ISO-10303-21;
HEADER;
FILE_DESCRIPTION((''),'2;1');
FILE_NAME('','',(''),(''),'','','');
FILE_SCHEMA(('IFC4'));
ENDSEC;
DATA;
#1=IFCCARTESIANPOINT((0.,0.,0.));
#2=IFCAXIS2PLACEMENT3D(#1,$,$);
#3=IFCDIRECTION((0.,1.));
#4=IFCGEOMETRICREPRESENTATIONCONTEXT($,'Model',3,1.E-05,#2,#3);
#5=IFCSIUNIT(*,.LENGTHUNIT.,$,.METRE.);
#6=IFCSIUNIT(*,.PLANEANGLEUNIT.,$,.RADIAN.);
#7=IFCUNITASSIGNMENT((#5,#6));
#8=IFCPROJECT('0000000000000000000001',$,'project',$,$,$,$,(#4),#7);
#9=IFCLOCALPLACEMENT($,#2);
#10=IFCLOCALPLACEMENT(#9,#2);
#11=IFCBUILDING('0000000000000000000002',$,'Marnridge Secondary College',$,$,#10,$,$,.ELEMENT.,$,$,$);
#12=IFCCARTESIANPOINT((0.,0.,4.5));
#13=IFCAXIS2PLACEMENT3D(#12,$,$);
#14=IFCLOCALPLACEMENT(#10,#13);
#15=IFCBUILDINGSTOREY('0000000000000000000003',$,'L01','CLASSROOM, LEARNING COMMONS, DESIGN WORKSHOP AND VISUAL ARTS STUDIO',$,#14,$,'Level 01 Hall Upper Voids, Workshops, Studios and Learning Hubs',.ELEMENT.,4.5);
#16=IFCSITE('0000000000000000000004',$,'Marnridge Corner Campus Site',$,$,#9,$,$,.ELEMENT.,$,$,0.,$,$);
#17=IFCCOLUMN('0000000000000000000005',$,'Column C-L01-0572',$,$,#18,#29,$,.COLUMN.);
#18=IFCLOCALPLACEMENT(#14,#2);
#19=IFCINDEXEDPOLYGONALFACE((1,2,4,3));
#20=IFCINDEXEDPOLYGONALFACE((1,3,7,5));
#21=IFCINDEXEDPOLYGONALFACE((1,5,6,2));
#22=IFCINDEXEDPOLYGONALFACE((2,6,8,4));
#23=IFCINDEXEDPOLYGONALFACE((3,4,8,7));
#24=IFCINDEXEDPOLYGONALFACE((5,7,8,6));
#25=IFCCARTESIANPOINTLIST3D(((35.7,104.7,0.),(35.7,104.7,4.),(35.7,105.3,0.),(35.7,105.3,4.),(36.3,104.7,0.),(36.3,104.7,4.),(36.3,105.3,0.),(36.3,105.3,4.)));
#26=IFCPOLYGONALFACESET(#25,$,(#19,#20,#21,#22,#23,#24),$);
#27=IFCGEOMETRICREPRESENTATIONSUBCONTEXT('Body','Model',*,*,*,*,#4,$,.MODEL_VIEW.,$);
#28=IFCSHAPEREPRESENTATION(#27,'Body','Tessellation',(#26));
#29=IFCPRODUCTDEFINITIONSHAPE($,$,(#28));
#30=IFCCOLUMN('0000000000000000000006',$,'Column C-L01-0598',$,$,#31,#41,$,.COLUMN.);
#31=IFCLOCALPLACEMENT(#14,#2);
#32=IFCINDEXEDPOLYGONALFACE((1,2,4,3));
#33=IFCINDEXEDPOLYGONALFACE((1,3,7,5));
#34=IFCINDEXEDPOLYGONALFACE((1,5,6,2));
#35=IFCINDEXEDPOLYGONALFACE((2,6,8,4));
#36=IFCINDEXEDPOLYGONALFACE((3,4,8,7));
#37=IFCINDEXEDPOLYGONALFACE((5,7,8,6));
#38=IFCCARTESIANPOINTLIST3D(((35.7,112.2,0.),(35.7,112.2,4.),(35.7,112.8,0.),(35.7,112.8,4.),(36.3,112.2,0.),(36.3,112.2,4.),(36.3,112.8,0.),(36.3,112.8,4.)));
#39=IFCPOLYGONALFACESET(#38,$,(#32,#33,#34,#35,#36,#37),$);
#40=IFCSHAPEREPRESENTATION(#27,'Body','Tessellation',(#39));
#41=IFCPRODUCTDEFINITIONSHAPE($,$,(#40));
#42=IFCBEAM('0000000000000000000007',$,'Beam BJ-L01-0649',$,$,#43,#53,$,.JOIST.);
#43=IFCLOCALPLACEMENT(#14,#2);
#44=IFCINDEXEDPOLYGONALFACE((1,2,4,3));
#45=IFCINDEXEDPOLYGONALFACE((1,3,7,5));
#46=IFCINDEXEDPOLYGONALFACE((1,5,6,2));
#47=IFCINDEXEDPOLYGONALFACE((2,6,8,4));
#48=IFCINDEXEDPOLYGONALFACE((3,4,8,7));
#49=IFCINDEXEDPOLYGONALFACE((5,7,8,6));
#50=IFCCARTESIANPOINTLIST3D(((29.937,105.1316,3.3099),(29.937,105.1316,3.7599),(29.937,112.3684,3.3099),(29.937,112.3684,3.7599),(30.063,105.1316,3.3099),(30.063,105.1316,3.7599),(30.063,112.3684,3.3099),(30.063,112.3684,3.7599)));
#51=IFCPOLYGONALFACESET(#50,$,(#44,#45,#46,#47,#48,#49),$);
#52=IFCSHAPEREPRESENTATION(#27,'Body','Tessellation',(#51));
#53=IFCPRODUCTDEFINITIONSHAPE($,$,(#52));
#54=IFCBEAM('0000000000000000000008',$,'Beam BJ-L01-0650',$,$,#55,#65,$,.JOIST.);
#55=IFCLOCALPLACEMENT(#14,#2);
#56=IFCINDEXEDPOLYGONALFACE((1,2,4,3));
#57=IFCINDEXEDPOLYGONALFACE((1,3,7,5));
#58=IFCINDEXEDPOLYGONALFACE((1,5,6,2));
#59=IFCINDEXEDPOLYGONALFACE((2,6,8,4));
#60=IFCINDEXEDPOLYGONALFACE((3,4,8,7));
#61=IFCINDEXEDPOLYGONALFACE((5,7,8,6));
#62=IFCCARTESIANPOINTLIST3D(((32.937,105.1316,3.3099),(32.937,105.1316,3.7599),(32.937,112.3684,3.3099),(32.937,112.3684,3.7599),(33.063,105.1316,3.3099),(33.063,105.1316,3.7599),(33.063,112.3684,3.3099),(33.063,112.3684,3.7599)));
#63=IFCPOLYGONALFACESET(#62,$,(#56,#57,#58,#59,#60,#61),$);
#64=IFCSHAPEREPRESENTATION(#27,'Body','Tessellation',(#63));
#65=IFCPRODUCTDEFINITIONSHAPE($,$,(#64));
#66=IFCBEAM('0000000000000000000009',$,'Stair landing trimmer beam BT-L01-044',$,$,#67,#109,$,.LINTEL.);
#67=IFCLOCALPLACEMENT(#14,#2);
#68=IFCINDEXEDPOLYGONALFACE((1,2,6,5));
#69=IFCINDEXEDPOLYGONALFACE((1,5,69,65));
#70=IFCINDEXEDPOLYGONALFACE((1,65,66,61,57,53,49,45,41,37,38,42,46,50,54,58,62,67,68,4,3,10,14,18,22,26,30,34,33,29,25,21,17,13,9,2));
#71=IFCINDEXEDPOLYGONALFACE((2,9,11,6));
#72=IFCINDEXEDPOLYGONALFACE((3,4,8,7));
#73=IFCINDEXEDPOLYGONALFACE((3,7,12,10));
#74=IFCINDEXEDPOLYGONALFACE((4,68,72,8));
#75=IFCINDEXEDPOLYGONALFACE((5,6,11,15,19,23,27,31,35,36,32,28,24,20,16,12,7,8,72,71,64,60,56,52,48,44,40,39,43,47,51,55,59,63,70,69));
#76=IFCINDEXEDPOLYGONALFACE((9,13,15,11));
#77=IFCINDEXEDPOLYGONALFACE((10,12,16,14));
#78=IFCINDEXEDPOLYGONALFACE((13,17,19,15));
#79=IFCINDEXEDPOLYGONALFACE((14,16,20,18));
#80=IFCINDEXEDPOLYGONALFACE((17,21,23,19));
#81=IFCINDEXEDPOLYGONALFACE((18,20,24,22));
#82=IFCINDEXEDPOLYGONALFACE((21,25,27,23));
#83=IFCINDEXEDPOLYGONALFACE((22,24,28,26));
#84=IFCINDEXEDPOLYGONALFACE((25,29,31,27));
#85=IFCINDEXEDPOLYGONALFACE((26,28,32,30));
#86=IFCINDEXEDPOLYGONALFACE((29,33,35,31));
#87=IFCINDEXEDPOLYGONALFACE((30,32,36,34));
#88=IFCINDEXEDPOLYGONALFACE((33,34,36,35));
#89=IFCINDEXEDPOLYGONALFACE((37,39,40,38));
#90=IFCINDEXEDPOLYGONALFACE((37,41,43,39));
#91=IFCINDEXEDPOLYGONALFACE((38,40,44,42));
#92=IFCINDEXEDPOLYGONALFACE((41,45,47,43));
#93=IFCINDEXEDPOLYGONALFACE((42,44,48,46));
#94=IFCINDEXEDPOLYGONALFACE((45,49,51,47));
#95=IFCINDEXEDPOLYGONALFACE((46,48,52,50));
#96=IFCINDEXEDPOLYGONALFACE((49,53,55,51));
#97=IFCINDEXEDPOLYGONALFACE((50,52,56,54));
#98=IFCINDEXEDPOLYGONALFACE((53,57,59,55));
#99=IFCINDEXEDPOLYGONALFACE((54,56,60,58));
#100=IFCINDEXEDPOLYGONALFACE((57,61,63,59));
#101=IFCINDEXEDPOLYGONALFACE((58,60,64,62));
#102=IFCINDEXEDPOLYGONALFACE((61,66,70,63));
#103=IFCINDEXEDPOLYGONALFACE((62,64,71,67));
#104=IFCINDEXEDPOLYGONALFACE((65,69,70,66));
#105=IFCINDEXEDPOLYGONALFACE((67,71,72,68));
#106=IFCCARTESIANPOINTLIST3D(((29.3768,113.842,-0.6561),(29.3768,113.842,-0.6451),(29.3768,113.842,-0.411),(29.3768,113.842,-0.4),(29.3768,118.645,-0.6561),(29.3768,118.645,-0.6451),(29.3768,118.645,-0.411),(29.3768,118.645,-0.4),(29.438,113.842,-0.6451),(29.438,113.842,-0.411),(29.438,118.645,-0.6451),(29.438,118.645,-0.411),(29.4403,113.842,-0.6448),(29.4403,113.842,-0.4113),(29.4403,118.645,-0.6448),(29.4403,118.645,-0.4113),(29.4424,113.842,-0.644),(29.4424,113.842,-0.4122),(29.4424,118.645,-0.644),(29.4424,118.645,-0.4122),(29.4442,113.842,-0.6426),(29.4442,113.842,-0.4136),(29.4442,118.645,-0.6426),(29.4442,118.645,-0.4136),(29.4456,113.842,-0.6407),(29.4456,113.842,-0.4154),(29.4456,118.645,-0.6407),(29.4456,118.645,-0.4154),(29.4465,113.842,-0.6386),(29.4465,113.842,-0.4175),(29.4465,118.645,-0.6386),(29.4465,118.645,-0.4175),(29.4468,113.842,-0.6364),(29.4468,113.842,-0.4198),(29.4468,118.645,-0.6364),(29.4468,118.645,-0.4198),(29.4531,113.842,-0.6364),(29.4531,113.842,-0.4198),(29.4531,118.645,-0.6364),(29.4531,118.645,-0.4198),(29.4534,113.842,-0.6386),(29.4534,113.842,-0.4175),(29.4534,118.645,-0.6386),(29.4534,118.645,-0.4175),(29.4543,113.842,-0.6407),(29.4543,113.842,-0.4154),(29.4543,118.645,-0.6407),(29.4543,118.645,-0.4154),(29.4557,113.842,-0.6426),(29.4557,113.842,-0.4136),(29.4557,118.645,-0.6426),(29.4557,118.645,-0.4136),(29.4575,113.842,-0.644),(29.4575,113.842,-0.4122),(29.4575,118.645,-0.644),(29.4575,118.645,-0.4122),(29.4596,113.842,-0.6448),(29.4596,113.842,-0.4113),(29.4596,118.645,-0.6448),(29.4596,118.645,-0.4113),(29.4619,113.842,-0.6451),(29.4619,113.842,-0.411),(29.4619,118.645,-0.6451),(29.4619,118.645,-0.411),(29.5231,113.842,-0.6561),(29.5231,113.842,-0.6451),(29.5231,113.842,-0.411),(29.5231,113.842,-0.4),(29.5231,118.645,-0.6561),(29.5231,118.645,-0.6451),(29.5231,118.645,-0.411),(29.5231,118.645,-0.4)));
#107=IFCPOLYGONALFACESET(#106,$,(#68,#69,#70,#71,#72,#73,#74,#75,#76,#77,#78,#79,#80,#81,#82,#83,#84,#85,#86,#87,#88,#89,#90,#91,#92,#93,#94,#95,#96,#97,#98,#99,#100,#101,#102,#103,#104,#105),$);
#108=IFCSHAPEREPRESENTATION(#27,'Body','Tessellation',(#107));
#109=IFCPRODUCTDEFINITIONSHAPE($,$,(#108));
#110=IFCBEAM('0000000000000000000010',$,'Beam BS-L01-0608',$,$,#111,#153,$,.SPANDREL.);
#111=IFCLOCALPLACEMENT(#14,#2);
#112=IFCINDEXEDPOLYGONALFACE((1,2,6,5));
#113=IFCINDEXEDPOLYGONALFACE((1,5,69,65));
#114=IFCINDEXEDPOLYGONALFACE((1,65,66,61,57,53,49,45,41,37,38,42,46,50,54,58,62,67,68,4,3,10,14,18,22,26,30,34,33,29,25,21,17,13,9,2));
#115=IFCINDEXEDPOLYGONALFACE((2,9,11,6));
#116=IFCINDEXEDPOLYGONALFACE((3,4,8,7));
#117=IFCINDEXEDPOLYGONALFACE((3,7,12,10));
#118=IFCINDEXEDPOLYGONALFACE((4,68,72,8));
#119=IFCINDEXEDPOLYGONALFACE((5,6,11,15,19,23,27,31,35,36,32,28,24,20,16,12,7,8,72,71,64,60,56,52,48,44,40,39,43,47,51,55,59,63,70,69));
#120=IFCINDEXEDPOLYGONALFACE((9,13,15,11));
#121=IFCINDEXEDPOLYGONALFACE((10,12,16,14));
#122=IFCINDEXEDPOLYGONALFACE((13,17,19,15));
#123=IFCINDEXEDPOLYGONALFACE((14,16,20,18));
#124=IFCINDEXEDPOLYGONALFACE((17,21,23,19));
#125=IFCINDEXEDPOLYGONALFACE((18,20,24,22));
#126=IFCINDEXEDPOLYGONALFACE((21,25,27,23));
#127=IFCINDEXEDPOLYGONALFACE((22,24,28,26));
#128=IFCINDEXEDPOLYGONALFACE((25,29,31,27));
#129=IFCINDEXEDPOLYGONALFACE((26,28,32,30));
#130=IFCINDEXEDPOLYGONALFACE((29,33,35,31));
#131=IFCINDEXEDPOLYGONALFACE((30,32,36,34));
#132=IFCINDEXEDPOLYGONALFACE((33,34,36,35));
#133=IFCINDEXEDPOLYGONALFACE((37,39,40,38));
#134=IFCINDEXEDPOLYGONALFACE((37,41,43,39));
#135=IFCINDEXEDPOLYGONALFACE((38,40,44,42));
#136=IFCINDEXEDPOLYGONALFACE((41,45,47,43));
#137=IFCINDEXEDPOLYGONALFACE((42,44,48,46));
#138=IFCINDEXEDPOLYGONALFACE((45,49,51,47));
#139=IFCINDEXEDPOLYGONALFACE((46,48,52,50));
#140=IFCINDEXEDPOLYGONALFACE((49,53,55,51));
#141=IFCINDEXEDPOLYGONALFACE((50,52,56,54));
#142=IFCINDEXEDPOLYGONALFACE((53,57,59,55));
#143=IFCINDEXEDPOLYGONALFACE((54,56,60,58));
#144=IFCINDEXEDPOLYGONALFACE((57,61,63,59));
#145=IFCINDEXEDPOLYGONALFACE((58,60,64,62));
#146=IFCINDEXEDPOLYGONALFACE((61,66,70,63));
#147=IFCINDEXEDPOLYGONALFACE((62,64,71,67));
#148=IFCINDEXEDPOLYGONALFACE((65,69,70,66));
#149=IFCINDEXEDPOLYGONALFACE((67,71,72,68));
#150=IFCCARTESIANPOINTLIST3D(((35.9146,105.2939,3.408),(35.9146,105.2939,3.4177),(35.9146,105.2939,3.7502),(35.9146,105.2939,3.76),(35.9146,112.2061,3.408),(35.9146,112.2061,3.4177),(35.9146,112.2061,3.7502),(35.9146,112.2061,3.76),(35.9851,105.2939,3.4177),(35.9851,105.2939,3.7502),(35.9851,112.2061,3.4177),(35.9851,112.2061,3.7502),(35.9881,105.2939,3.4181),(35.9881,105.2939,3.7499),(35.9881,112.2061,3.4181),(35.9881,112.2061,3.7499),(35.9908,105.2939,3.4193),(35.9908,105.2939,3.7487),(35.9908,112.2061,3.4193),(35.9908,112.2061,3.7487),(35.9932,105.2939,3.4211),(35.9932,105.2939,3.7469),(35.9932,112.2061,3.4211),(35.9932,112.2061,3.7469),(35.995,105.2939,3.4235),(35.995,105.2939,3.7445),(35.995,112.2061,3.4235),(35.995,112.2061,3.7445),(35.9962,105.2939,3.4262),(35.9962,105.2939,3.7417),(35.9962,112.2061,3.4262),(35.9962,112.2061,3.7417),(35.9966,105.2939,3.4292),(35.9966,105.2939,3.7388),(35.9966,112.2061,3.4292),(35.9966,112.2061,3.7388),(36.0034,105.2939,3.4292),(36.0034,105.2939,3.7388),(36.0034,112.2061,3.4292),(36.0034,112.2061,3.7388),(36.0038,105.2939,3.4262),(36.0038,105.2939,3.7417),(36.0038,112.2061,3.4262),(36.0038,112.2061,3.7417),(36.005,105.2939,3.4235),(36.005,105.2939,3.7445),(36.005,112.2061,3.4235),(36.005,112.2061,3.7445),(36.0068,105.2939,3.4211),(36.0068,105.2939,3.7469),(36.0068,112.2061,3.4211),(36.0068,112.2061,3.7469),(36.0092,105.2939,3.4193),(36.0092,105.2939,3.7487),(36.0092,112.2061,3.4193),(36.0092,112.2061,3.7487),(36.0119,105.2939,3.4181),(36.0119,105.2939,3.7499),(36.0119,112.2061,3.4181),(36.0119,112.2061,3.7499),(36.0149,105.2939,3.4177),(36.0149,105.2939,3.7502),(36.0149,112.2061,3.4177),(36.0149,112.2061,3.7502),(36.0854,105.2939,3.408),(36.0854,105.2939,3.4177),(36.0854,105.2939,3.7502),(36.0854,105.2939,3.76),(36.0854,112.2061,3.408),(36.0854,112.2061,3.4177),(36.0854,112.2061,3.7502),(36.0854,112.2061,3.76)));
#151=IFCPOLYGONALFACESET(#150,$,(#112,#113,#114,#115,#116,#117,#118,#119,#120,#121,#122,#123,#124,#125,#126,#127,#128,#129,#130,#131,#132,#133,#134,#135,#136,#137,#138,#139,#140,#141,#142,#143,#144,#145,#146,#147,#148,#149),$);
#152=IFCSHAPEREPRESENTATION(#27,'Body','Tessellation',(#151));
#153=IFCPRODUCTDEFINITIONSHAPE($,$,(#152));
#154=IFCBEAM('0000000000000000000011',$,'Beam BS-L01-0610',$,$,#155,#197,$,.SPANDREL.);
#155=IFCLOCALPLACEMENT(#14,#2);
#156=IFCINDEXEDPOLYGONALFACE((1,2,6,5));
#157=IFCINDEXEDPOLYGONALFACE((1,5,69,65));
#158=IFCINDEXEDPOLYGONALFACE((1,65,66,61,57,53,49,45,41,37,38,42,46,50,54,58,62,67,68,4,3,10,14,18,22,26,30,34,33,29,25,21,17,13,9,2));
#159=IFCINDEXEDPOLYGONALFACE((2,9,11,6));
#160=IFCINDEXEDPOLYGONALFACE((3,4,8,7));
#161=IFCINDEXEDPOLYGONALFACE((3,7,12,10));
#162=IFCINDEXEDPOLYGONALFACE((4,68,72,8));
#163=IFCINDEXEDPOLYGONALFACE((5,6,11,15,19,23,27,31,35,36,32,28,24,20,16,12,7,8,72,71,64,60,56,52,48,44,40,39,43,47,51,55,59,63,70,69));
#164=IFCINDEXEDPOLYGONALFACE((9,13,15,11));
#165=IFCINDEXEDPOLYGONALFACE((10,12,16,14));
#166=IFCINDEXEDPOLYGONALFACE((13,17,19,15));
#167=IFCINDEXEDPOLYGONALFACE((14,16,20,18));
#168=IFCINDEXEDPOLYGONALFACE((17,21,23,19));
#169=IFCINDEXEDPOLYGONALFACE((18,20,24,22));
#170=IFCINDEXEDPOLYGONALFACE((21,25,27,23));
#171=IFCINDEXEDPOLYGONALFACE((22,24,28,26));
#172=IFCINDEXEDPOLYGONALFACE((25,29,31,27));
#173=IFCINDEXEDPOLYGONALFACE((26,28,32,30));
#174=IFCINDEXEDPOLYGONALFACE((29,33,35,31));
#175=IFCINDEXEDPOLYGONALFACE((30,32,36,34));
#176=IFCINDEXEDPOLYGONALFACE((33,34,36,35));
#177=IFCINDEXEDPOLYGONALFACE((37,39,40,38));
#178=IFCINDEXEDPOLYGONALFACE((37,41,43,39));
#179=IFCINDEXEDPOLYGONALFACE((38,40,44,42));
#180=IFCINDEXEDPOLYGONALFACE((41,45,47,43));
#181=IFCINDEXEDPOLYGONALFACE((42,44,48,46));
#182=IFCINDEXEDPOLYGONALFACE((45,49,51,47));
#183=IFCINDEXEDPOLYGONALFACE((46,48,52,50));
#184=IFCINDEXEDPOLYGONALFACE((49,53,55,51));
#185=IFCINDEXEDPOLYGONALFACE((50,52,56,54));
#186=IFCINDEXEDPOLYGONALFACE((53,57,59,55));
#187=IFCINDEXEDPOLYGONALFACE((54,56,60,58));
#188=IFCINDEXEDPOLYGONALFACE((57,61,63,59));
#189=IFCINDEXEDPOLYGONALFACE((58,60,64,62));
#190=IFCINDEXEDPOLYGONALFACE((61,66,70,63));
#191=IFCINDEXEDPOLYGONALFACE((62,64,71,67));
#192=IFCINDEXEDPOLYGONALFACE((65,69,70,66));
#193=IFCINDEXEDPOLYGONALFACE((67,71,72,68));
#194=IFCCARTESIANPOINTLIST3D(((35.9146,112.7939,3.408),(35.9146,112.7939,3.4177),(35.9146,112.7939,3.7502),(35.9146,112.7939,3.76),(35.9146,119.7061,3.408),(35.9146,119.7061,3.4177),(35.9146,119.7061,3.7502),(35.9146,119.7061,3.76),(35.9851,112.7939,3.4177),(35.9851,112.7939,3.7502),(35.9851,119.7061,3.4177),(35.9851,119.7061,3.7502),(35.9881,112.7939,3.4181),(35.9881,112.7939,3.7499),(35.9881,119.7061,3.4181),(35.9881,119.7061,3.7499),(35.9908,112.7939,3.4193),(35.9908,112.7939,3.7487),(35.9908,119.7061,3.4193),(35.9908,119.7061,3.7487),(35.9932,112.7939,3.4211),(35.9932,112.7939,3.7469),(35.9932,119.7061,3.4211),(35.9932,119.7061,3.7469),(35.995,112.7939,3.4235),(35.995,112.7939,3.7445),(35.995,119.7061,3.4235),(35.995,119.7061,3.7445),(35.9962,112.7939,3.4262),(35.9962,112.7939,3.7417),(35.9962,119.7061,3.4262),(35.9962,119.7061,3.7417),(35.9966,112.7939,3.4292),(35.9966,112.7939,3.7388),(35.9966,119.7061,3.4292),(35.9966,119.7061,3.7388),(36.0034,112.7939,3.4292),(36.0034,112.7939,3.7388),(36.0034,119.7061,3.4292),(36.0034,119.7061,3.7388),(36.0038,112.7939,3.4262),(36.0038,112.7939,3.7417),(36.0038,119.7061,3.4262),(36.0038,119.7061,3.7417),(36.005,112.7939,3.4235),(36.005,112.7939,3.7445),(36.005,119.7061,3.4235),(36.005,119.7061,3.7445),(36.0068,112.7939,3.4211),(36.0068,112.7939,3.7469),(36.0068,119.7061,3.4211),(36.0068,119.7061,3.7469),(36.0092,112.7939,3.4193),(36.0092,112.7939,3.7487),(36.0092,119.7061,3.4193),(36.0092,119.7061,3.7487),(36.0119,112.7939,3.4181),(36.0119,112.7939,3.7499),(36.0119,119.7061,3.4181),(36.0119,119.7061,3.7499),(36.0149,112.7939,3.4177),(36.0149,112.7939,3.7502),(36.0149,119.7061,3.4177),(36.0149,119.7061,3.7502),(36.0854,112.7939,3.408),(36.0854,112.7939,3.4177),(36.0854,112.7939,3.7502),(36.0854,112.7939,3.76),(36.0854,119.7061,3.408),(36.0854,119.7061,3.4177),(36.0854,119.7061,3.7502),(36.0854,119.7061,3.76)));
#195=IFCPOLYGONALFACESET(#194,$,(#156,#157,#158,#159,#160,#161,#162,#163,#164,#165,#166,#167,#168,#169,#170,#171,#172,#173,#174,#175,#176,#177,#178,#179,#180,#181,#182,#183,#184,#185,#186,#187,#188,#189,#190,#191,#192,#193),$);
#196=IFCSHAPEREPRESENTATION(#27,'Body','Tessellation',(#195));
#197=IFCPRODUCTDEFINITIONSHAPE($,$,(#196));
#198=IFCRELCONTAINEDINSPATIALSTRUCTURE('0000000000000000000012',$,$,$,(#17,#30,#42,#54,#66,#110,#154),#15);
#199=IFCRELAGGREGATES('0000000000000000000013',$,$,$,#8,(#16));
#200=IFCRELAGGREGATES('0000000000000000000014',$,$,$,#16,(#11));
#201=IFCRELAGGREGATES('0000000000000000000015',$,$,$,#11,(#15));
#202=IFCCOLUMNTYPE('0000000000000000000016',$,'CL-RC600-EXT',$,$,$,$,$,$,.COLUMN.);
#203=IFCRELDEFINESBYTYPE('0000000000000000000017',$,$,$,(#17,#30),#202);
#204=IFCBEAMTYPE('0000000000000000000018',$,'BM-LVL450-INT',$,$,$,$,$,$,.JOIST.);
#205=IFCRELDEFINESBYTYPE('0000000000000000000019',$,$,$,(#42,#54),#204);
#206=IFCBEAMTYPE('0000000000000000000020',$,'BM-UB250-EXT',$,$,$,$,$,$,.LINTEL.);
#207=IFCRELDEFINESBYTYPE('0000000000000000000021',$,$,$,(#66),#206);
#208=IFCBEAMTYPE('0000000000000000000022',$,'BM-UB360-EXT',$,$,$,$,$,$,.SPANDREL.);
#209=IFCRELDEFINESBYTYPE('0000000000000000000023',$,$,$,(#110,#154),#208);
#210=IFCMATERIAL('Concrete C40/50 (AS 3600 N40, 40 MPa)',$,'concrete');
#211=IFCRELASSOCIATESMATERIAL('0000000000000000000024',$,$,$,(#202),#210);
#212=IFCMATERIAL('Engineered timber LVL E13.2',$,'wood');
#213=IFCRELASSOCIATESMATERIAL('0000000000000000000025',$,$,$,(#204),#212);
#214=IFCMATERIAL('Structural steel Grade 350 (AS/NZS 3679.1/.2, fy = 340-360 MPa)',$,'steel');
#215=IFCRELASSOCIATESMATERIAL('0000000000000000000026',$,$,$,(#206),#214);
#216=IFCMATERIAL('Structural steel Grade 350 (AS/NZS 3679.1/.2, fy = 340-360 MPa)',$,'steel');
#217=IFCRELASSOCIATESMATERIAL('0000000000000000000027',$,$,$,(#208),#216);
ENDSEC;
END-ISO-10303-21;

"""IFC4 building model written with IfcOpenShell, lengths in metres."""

from ifc_helpers import new_model, si_unit, direction, frame, origin, origin_2d, place, context, subcontext, project, spatial, rectangle, i_section, extrude, material, material_profile, profile_set, type_object, element, save


model = new_model("IFC4")

# Units and contexts
model_context = context("Model", 3, precision=1e-05, world=origin(), true_north=direction((0.0, 1.0)))
body_context = subcontext(model_context, "Body", "Model", "MODEL_VIEW")
ifc_project = project(units=[si_unit("LENGTHUNIT", "METRE"), si_unit("PLANEANGLEUNIT", "RADIAN")], contexts=[model_context])

# Site, building, storey
site_placement = place(None, origin())
site = spatial("IfcSite", under=ifc_project, at=site_placement, Name="Marnridge Corner Campus Site", CompositionType="ELEMENT", RefElevation=0.0)
building_placement = place(site_placement, origin())
building = spatial("IfcBuilding", under=site, at=building_placement, Name="Marnridge Secondary College", CompositionType="ELEMENT")
storey_placement = place(building_placement, frame((0.0, 0.0, 4.5)))
storey = spatial("IfcBuildingStorey", under=building, at=storey_placement, Name="L01", Description="CLASSROOM, LEARNING COMMONS, DESIGN WORKSHOP AND VISUAL ARTS STUDIO", LongName="Level 01 Hall Upper Voids, Workshops, Studios and Learning Hubs", CompositionType="ELEMENT", Elevation=4.5)

# Columns
ifc_material_1 = material(Name="Concrete C40/50 (AS 3600 N40, 40 MPa)", Category="concrete")
ifc_material_profile_1 = material_profile(ifc_material_1, rectangle(XDim=0.6001, YDim=0.6001, at=origin_2d()), Name="RC 600x600")
ifc_profile_set_1 = profile_set([ifc_material_profile_1], Name="Concrete C40/50 (AS 3600 N40, 40 MPa)")
column_type = type_object("IfcColumnType", Name="CL-RC600-EXT", PredefinedType="COLUMN", material=ifc_profile_set_1)
for number, where, z_axis, x_axis, name in (
    (1, (36.0, 105.0, 0.0), (0.0, 0.0, 1.0), (1.0, 0.0, 0.0), "Column C-L01-0572"),
    (2, (36.0, 112.5, 0.0), (0.0, 0.0, 1.0), (1.0, 0.0, 0.0), "Column C-L01-0598"),
):
    element("IfcColumn", number, at=place(storey_placement, frame(where, z_axis=z_axis, x_axis=x_axis)), inside=storey, type_object=column_type, Name=name, PredefinedType="COLUMN", context=body_context, shape_type="SweptSolid", body=[
        extrude(rectangle(XDim=0.6001, YDim=0.6001, at=origin_2d()), origin(), (0.0, 0.0, 1.0), 4.0),
    ])

# Beams
ifc_material_2 = material(Name="Engineered timber LVL E13.2", Category="wood")
ifc_material_profile_2 = material_profile(ifc_material_2, rectangle(XDim=0.126, YDim=0.45, at=origin_2d()), Name="LVL 126x450")
ifc_profile_set_2 = profile_set([ifc_material_profile_2], Name="Engineered timber LVL E13.2")
beam_type_1 = type_object("IfcBeamType", Name="BM-LVL450-INT", PredefinedType="JOIST", material=ifc_profile_set_2)
for number, where, z_axis, x_axis, name in (
    (3, (30.0, 105.1316, 3.5349), (0.0, 1.0, 0.0), (-1.0, 0.0, 0.0), "Beam BJ-L01-0649"),
    (4, (33.0, 105.1316, 3.5349), (0.0, 1.0, 0.0), (-1.0, 0.0, 0.0), "Beam BJ-L01-0650"),
):
    element("IfcBeam", number, at=place(storey_placement, frame(where, z_axis=z_axis, x_axis=x_axis)), inside=storey, type_object=beam_type_1, Name=name, PredefinedType="JOIST", context=body_context, shape_type="SweptSolid", body=[
        extrude(rectangle(XDim=0.126, YDim=0.45, at=origin_2d()), origin(), (0.0, 0.0, 1.0), 7.2368),
    ])
ifc_material_3 = material(Name="Structural steel Grade 350 (AS/NZS 3679.1/.2, fy = 340-360 MPa)", Category="steel")
ifc_material_profile_3 = material_profile(ifc_material_3, i_section(OverallWidth=0.1462, OverallDepth=0.2561, WebThickness=0.0063, FlangeThickness=0.011, FilletRadius=0.0088, at=origin_2d()), Name="250UB37.3")
ifc_profile_set_3 = profile_set([ifc_material_profile_3], Name="Structural steel Grade 350 (AS/NZS 3679.1/.2, fy = 340-360 MPa)")
beam_type_2 = type_object("IfcBeamType", Name="BM-UB250-EXT", PredefinedType="LINTEL", material=ifc_profile_set_3)
beam_placement = place(storey_placement, frame((29.45, 113.842, -0.5281), z_axis=(0.0, 1.0, 0.0), x_axis=(-1.0, 0.0, 0.0)))
element("IfcBeam", 5, at=beam_placement, inside=storey, type_object=beam_type_2, Name="Stair landing trimmer beam BT-L01-044", PredefinedType="LINTEL", context=body_context, shape_type="SweptSolid", body=[
    extrude(i_section(OverallWidth=0.1462, OverallDepth=0.2561, WebThickness=0.0063, FlangeThickness=0.011, FilletRadius=0.0088, at=origin_2d()), origin(), (0.0, 0.0, 1.0), 4.803),
])
ifc_material_4 = material(Name="Structural steel Grade 350 (AS/NZS 3679.1/.2, fy = 340-360 MPa)", Category="steel")
ifc_material_profile_4 = material_profile(ifc_material_4, i_section(OverallWidth=0.1709, OverallDepth=0.3521, WebThickness=0.0068, FlangeThickness=0.0098, FilletRadius=0.0115, at=origin_2d()), Name="360UB44.7")
ifc_profile_set_4 = profile_set([ifc_material_profile_4], Name="Structural steel Grade 350 (AS/NZS 3679.1/.2, fy = 340-360 MPa)")
beam_type_3 = type_object("IfcBeamType", Name="BM-UB360-EXT", PredefinedType="SPANDREL", material=ifc_profile_set_4)
for number, where, z_axis, x_axis, name in (
    (6, (36.0, 105.2939, 3.584), (0.0, 1.0, 0.0), (-1.0, 0.0, 0.0), "Beam BS-L01-0608"),
    (7, (36.0, 112.7939, 3.584), (0.0, 1.0, 0.0), (-1.0, 0.0, 0.0), "Beam BS-L01-0610"),
):
    element("IfcBeam", number, at=place(storey_placement, frame(where, z_axis=z_axis, x_axis=x_axis)), inside=storey, type_object=beam_type_3, Name=name, PredefinedType="SPANDREL", context=body_context, shape_type="SweptSolid", body=[
        extrude(i_section(OverallWidth=0.1709, OverallDepth=0.3521, WebThickness=0.0068, FlangeThickness=0.0098, FilletRadius=0.0115, at=origin_2d()), origin(), (0.0, 0.0, 1.0), 6.9121),
    ])

save(model, "model.ifc")
